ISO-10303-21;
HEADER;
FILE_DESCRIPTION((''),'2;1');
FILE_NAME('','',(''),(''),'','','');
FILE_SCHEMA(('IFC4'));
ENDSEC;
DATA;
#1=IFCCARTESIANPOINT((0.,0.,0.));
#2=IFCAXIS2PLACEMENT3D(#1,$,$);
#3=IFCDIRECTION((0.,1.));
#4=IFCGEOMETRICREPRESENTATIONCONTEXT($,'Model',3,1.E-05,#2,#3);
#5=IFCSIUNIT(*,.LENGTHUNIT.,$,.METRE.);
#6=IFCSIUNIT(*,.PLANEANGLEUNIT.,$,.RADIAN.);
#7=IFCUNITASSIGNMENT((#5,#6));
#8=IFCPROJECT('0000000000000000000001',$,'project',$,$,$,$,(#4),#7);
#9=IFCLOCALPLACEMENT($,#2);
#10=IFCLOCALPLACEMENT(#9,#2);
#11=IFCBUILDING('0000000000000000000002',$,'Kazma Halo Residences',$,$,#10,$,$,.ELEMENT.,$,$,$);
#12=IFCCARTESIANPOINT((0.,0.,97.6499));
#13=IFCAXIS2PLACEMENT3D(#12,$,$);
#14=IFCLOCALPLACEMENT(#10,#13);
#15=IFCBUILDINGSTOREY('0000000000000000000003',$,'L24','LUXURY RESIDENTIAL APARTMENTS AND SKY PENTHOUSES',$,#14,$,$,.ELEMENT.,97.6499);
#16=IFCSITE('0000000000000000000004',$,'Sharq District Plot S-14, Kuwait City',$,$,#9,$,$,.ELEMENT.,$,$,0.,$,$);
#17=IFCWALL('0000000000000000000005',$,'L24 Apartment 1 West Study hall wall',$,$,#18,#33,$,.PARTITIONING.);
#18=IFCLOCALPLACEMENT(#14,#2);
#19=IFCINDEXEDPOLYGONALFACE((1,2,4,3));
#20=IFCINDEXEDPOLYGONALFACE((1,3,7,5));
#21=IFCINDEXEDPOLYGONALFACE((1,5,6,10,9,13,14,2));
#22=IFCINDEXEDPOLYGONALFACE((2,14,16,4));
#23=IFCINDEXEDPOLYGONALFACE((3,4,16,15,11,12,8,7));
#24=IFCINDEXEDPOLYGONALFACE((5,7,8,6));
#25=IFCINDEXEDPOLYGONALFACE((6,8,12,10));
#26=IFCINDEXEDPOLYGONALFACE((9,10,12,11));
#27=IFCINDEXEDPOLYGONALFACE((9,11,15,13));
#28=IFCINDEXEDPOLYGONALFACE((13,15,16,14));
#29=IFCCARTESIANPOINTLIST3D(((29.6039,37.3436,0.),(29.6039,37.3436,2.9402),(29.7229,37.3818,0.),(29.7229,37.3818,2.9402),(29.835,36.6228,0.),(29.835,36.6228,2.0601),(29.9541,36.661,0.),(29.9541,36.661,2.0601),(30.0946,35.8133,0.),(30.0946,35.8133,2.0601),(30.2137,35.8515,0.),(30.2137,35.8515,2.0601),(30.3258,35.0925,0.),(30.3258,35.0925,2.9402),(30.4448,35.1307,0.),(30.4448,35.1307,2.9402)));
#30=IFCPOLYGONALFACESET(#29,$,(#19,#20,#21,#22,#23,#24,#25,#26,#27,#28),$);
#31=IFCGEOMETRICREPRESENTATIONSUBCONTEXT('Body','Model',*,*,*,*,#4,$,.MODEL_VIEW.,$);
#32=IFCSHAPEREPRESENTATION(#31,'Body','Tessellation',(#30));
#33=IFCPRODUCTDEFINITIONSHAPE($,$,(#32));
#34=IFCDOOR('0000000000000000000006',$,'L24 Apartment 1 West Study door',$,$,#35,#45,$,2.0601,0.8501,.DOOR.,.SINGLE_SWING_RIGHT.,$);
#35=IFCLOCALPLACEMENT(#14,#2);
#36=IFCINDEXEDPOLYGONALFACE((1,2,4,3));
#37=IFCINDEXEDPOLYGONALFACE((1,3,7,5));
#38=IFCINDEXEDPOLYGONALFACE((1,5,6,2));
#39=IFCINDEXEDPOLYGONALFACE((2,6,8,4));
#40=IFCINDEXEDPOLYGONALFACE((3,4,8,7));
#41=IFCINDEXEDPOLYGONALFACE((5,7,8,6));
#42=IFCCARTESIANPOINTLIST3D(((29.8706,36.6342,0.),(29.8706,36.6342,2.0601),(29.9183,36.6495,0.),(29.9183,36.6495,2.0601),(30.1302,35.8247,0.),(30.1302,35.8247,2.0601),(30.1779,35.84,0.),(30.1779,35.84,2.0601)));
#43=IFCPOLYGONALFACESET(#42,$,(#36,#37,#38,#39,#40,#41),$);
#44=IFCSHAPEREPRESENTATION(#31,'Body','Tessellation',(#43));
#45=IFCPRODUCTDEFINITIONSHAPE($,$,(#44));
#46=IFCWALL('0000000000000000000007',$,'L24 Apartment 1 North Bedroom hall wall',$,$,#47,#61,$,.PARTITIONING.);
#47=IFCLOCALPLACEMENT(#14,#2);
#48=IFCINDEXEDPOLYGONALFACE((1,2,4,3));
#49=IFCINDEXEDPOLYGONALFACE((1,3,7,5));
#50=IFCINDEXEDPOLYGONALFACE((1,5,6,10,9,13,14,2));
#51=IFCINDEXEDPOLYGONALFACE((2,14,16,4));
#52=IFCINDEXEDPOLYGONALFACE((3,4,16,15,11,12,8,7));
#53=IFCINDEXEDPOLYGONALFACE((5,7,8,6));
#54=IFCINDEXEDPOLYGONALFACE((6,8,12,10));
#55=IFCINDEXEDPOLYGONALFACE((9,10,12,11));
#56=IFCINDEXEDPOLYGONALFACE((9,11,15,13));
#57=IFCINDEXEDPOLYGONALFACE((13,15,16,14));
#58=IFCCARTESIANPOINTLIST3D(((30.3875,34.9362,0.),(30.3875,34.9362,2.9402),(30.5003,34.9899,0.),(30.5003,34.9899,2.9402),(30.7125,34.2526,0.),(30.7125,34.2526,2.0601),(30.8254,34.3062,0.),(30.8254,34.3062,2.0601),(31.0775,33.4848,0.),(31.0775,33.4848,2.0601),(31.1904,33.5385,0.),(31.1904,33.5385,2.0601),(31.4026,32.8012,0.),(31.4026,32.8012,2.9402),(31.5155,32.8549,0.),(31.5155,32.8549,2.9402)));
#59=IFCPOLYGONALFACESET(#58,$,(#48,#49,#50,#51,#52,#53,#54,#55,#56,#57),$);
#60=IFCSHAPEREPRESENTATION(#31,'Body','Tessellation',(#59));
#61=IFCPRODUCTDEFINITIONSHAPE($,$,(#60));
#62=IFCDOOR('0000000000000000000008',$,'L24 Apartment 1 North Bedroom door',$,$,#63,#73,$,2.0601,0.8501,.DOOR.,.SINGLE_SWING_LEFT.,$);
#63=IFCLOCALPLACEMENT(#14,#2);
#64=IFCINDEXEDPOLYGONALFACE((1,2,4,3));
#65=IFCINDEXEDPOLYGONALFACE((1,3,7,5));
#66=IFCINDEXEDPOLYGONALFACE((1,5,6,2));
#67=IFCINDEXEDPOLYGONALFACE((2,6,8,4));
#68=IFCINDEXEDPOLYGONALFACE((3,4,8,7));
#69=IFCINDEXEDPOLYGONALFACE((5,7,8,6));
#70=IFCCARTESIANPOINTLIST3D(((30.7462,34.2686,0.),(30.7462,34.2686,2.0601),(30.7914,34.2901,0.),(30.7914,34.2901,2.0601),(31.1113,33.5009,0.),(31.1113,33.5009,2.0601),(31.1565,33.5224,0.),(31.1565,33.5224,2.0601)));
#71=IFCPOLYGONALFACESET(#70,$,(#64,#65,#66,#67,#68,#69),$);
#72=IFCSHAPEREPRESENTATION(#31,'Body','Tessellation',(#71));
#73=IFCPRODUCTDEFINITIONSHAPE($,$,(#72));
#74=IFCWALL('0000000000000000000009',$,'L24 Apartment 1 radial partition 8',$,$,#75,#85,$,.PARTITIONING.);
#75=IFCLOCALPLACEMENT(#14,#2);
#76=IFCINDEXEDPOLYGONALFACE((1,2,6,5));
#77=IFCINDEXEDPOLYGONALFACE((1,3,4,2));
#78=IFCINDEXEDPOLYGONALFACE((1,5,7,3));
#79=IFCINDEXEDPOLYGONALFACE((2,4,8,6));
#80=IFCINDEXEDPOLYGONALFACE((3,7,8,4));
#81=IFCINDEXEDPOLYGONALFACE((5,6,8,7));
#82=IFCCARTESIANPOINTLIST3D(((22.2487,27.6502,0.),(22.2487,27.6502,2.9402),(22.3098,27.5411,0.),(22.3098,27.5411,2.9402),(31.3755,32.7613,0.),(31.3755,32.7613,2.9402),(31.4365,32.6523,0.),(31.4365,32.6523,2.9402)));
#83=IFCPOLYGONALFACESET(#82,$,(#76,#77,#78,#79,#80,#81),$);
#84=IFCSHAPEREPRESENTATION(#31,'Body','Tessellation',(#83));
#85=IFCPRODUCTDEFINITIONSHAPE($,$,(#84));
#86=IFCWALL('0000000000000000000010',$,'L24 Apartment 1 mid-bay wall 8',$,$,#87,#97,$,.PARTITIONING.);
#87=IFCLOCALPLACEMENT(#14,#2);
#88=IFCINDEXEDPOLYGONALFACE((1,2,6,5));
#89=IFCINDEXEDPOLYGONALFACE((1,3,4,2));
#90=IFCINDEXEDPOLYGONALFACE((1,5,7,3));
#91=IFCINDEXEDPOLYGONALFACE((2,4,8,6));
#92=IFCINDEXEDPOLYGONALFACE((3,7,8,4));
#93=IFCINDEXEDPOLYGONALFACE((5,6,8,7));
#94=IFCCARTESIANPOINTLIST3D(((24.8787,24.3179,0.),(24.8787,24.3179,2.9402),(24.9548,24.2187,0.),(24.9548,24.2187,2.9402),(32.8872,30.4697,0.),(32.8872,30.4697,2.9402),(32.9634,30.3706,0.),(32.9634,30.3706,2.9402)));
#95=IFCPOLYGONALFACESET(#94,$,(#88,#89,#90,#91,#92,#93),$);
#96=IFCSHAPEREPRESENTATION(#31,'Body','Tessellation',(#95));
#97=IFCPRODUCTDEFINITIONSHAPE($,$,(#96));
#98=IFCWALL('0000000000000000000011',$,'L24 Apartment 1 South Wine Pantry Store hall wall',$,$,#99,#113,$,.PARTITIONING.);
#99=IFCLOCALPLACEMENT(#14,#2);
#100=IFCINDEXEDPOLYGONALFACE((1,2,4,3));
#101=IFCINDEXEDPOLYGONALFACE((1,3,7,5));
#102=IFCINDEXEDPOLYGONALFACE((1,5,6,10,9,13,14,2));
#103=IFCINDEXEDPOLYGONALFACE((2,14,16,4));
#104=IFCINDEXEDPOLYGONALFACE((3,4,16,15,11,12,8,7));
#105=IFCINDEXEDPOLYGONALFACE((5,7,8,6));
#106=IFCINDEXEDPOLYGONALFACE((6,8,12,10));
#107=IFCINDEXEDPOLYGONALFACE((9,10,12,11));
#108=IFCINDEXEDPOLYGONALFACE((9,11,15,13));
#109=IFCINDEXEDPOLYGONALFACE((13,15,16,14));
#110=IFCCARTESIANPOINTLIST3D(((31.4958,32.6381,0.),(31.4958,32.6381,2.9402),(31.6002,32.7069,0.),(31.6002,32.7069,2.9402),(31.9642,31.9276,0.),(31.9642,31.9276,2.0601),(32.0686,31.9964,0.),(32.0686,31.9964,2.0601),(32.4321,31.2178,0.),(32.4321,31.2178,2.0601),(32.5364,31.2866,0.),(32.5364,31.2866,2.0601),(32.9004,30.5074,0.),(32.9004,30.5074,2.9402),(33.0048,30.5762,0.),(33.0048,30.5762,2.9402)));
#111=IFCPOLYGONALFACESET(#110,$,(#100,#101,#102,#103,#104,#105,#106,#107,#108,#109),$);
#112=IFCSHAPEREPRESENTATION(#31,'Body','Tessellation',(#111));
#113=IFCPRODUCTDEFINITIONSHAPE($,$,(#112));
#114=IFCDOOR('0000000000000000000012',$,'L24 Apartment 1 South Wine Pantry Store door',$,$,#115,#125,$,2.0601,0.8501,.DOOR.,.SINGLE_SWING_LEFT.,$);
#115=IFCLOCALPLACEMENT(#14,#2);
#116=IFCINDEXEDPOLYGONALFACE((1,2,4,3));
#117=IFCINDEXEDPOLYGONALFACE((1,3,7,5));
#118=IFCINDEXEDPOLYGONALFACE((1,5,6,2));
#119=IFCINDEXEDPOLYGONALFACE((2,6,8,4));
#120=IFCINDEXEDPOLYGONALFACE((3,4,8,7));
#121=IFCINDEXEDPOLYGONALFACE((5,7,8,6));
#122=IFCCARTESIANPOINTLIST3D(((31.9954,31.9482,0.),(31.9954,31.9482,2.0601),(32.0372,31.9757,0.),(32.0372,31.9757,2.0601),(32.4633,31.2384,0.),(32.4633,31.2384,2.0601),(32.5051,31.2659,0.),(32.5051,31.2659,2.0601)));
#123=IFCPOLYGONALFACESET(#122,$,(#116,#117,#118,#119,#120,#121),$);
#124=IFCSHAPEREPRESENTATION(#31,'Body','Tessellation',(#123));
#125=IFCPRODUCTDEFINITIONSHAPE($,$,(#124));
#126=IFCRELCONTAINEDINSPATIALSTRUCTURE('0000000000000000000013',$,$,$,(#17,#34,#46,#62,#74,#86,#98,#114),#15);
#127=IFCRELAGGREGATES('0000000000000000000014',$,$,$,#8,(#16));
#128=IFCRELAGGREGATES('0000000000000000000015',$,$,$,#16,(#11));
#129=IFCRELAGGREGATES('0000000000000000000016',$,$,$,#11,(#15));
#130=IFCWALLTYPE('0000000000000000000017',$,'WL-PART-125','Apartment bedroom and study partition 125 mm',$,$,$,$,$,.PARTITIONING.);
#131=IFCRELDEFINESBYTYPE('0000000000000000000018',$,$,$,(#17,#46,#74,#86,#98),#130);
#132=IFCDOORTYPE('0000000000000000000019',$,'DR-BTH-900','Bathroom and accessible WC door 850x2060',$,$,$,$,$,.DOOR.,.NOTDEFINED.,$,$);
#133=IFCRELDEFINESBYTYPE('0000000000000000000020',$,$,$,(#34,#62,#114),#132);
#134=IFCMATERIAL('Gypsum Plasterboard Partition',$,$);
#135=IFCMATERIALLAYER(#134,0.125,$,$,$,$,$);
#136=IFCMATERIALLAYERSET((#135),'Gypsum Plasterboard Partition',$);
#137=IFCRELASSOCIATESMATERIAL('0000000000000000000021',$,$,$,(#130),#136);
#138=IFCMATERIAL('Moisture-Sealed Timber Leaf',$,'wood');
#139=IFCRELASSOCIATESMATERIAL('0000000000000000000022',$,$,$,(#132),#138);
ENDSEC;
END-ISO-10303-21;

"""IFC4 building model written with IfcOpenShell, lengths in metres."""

from ifc_helpers import new_model, si_unit, direction, frame, frame_2d, origin, place, context, subcontext, project, spatial, rectangle, extrude, material, layer, layer_set, type_object, element, fill, save


model = new_model("IFC4")

# Units and contexts
model_context = context("Model", 3, precision=1e-05, world=origin(), true_north=direction((0.0, 1.0)))
body_context = subcontext(model_context, "Body", "Model", "MODEL_VIEW")
ifc_project = project(units=[si_unit("LENGTHUNIT", "METRE"), si_unit("PLANEANGLEUNIT", "RADIAN")], contexts=[model_context])

# Site, building, storey
site_placement = place(None, origin())
site = spatial("IfcSite", under=ifc_project, at=site_placement, Name="Sharq District Plot S-14, Kuwait City", CompositionType="ELEMENT", RefElevation=0.0)
building_placement = place(site_placement, origin())
building = spatial("IfcBuilding", under=site, at=building_placement, Name="Kazma Halo Residences", CompositionType="ELEMENT")
storey_placement = place(building_placement, frame((0.0, 0.0, 97.6499)))
storey = spatial("IfcBuildingStorey", under=building, at=storey_placement, Name="L24", Description="LUXURY RESIDENTIAL APARTMENTS AND SKY PENTHOUSES", CompositionType="ELEMENT", Elevation=97.6499)

# Shared definitions
ifc_material_1 = material(Name="Gypsum Plasterboard Partition")
ifc_layer_1 = layer(ifc_material_1, 0.125)
ifc_layer_set_1 = layer_set([ifc_layer_1], Name="Gypsum Plasterboard Partition")
wall_type_1 = type_object("IfcWallType", Name="WL-PART-125", Description="Apartment bedroom and study partition 125 mm", PredefinedType="PARTITIONING", material=ifc_layer_set_1)

# Walls, openings, doors
ifc_material_2 = material(Name="Moisture-Sealed Timber Leaf", Category="wood")
door_type = type_object("IfcDoorType", Name="DR-BTH-900", Description="Bathroom and accessible WC door 850x2060", OperationType="NOTDEFINED", PredefinedType="DOOR", material=ifc_material_2)
wall_1_placement = place(storey_placement, frame((29.6633, 37.3628, 0.0), z_axis=(0.0, 0.0, 1.0), x_axis=(0.305394, -0.952226, 0.0)))
wall_1 = element("IfcWall", 1, at=wall_1_placement, inside=storey, type_object=wall_type_1, Name="L24 Apartment 1 West Study hall wall", PredefinedType="PARTITIONING", context=body_context, shape_type="SweptSolid", body=[
    extrude(rectangle(XDim=2.364, YDim=0.125, at=frame_2d((1.1821, 0.0))), origin(), (0.0, 0.0, 1.0), 2.9402),
])
opening_1_placement = place(wall_1_placement, frame((0.7571, 0.0, 0.0)))
opening_1 = element("IfcOpeningElement", 2, at=opening_1_placement, cuts=wall_1, PredefinedType="OPENING", context=body_context, shape_type="SweptSolid", body=[
    extrude(rectangle(XDim=0.8501, YDim=2.0601, at=frame_2d((0.425, 1.03))), frame((0.0, 0.0725, 0.0), z_axis=(0.0, -1.0, 0.0), x_axis=(1.0, 0.0, 0.0)), (0.0, 0.0, 1.0), 0.145),
])
door_1_placement = place(opening_1_placement, origin())
door_1 = element("IfcDoor", 3, at=door_1_placement, inside=storey, type_object=door_type, Name="L24 Apartment 1 West Study door", OperationType="SINGLE_SWING_RIGHT", OverallHeight=2.0601, OverallWidth=0.8501, PredefinedType="DOOR", context=body_context, shape_type="SweptSolid", body=[
    extrude(rectangle(XDim=0.8501, YDim=2.0601, at=frame_2d((0.425, 1.03))), frame((0.0, 0.0249, 0.0), z_axis=(0.0, -1.0, 0.0), x_axis=(1.0, 0.0, 0.0)), (0.0, 0.0, 1.0), 0.05),
])
fill(opening_1, door_1)
wall_2_placement = place(storey_placement, frame((30.4438, 34.9631, 0.0), z_axis=(0.0, 0.0, 1.0), x_axis=(0.429404, -0.903112, 0.0)))
wall_2 = element("IfcWall", 4, at=wall_2_placement, inside=storey, type_object=wall_type_1, Name="L24 Apartment 1 North Bedroom hall wall", PredefinedType="PARTITIONING", context=body_context, shape_type="SweptSolid", body=[
    extrude(rectangle(XDim=2.364, YDim=0.125, at=frame_2d((1.1821, 0.0))), origin(), (0.0, 0.0, 1.0), 2.9402),
])
opening_2_placement = place(wall_2_placement, frame((0.7571, 0.0, 0.0)))
opening_2 = element("IfcOpeningElement", 5, at=opening_2_placement, cuts=wall_2, PredefinedType="OPENING", context=body_context, shape_type="SweptSolid", body=[
    extrude(rectangle(XDim=0.8501, YDim=2.0601, at=frame_2d((0.425, 1.03))), frame((0.0, 0.0725, 0.0), z_axis=(0.0, -1.0, 0.0), x_axis=(1.0, 0.0, 0.0)), (0.0, 0.0, 1.0), 0.145),
])
door_2_placement = place(opening_2_placement, origin())
door_2 = element("IfcDoor", 6, at=door_2_placement, inside=storey, type_object=door_type, Name="L24 Apartment 1 North Bedroom door", OperationType="SINGLE_SWING_LEFT", OverallHeight=2.0601, OverallWidth=0.8501, PredefinedType="DOOR", context=body_context, shape_type="SweptSolid", body=[
    extrude(rectangle(XDim=0.8501, YDim=2.0601, at=frame_2d((0.425, 1.03))), frame((0.0, 0.0249, 0.0), z_axis=(0.0, -1.0, 0.0), x_axis=(1.0, 0.0, 0.0)), (0.0, 0.0, 1.0), 0.05),
])
fill(opening_2, door_2)

# Walls
wall_3_placement = place(storey_placement, frame((31.406, 32.7068, 0.0), z_axis=(0.0, 0.0, 1.0), x_axis=(-0.872501, -0.488613, 0.0)))
element("IfcWall", 7, at=wall_3_placement, inside=storey, type_object=wall_type_1, Name="L24 Apartment 1 radial partition 8", PredefinedType="PARTITIONING", context=body_context, shape_type="SweptSolid", body=[
    extrude(rectangle(XDim=10.4604, YDim=0.125, at=frame_2d((5.2302, 0.0))), origin(), (0.0, 0.0, 1.0), 2.9402),
])
wall_4_placement = place(storey_placement, frame((32.9253, 30.4202, 0.0), z_axis=(0.0, 0.0, 1.0), x_axis=(-0.793034, -0.609178, 0.0)))
element("IfcWall", 8, at=wall_4_placement, inside=storey, type_object=wall_type_1, Name="L24 Apartment 1 mid-bay wall 8", PredefinedType="PARTITIONING", context=body_context, shape_type="SweptSolid", body=[
    extrude(rectangle(XDim=10.0986, YDim=0.125, at=frame_2d((5.0493, 0.0))), origin(), (0.0, 0.0, 1.0), 2.9402),
])

# Wall, opening, door
wall_5_placement = place(storey_placement, frame((31.5481, 32.6724, 0.0), z_axis=(0.0, 0.0, 1.0), x_axis=(0.550388, -0.834909, 0.0)))
wall_5 = element("IfcWall", 9, at=wall_5_placement, inside=storey, type_object=wall_type_1, Name="L24 Apartment 1 South Wine Pantry Store hall wall", PredefinedType="PARTITIONING", context=body_context, shape_type="SweptSolid", body=[
    extrude(rectangle(XDim=2.552, YDim=0.125, at=frame_2d((1.2759, 0.0))), origin(), (0.0, 0.0, 1.0), 2.9402),
])
opening_3_placement = place(wall_5_placement, frame((0.8508, 0.0, 0.0)))
opening_3 = element("IfcOpeningElement", 10, at=opening_3_placement, cuts=wall_5, PredefinedType="OPENING", context=body_context, shape_type="SweptSolid", body=[
    extrude(rectangle(XDim=0.8501, YDim=2.0601, at=frame_2d((0.425, 1.03))), frame((0.0, 0.0725, 0.0), z_axis=(0.0, -1.0, 0.0), x_axis=(1.0, 0.0, 0.0)), (0.0, 0.0, 1.0), 0.145),
])
door_3_placement = place(opening_3_placement, origin())
door_3 = element("IfcDoor", 11, at=door_3_placement, inside=storey, type_object=door_type, Name="L24 Apartment 1 South Wine Pantry Store door", OperationType="SINGLE_SWING_LEFT", OverallHeight=2.0601, OverallWidth=0.8501, PredefinedType="DOOR", context=body_context, shape_type="SweptSolid", body=[
    extrude(rectangle(XDim=0.8501, YDim=2.0601, at=frame_2d((0.425, 1.03))), frame((0.0, 0.0249, 0.0), z_axis=(0.0, -1.0, 0.0), x_axis=(1.0, 0.0, 0.0)), (0.0, 0.0, 1.0), 0.05),
])
fill(opening_3, door_3)

save(model, "model.ifc")
